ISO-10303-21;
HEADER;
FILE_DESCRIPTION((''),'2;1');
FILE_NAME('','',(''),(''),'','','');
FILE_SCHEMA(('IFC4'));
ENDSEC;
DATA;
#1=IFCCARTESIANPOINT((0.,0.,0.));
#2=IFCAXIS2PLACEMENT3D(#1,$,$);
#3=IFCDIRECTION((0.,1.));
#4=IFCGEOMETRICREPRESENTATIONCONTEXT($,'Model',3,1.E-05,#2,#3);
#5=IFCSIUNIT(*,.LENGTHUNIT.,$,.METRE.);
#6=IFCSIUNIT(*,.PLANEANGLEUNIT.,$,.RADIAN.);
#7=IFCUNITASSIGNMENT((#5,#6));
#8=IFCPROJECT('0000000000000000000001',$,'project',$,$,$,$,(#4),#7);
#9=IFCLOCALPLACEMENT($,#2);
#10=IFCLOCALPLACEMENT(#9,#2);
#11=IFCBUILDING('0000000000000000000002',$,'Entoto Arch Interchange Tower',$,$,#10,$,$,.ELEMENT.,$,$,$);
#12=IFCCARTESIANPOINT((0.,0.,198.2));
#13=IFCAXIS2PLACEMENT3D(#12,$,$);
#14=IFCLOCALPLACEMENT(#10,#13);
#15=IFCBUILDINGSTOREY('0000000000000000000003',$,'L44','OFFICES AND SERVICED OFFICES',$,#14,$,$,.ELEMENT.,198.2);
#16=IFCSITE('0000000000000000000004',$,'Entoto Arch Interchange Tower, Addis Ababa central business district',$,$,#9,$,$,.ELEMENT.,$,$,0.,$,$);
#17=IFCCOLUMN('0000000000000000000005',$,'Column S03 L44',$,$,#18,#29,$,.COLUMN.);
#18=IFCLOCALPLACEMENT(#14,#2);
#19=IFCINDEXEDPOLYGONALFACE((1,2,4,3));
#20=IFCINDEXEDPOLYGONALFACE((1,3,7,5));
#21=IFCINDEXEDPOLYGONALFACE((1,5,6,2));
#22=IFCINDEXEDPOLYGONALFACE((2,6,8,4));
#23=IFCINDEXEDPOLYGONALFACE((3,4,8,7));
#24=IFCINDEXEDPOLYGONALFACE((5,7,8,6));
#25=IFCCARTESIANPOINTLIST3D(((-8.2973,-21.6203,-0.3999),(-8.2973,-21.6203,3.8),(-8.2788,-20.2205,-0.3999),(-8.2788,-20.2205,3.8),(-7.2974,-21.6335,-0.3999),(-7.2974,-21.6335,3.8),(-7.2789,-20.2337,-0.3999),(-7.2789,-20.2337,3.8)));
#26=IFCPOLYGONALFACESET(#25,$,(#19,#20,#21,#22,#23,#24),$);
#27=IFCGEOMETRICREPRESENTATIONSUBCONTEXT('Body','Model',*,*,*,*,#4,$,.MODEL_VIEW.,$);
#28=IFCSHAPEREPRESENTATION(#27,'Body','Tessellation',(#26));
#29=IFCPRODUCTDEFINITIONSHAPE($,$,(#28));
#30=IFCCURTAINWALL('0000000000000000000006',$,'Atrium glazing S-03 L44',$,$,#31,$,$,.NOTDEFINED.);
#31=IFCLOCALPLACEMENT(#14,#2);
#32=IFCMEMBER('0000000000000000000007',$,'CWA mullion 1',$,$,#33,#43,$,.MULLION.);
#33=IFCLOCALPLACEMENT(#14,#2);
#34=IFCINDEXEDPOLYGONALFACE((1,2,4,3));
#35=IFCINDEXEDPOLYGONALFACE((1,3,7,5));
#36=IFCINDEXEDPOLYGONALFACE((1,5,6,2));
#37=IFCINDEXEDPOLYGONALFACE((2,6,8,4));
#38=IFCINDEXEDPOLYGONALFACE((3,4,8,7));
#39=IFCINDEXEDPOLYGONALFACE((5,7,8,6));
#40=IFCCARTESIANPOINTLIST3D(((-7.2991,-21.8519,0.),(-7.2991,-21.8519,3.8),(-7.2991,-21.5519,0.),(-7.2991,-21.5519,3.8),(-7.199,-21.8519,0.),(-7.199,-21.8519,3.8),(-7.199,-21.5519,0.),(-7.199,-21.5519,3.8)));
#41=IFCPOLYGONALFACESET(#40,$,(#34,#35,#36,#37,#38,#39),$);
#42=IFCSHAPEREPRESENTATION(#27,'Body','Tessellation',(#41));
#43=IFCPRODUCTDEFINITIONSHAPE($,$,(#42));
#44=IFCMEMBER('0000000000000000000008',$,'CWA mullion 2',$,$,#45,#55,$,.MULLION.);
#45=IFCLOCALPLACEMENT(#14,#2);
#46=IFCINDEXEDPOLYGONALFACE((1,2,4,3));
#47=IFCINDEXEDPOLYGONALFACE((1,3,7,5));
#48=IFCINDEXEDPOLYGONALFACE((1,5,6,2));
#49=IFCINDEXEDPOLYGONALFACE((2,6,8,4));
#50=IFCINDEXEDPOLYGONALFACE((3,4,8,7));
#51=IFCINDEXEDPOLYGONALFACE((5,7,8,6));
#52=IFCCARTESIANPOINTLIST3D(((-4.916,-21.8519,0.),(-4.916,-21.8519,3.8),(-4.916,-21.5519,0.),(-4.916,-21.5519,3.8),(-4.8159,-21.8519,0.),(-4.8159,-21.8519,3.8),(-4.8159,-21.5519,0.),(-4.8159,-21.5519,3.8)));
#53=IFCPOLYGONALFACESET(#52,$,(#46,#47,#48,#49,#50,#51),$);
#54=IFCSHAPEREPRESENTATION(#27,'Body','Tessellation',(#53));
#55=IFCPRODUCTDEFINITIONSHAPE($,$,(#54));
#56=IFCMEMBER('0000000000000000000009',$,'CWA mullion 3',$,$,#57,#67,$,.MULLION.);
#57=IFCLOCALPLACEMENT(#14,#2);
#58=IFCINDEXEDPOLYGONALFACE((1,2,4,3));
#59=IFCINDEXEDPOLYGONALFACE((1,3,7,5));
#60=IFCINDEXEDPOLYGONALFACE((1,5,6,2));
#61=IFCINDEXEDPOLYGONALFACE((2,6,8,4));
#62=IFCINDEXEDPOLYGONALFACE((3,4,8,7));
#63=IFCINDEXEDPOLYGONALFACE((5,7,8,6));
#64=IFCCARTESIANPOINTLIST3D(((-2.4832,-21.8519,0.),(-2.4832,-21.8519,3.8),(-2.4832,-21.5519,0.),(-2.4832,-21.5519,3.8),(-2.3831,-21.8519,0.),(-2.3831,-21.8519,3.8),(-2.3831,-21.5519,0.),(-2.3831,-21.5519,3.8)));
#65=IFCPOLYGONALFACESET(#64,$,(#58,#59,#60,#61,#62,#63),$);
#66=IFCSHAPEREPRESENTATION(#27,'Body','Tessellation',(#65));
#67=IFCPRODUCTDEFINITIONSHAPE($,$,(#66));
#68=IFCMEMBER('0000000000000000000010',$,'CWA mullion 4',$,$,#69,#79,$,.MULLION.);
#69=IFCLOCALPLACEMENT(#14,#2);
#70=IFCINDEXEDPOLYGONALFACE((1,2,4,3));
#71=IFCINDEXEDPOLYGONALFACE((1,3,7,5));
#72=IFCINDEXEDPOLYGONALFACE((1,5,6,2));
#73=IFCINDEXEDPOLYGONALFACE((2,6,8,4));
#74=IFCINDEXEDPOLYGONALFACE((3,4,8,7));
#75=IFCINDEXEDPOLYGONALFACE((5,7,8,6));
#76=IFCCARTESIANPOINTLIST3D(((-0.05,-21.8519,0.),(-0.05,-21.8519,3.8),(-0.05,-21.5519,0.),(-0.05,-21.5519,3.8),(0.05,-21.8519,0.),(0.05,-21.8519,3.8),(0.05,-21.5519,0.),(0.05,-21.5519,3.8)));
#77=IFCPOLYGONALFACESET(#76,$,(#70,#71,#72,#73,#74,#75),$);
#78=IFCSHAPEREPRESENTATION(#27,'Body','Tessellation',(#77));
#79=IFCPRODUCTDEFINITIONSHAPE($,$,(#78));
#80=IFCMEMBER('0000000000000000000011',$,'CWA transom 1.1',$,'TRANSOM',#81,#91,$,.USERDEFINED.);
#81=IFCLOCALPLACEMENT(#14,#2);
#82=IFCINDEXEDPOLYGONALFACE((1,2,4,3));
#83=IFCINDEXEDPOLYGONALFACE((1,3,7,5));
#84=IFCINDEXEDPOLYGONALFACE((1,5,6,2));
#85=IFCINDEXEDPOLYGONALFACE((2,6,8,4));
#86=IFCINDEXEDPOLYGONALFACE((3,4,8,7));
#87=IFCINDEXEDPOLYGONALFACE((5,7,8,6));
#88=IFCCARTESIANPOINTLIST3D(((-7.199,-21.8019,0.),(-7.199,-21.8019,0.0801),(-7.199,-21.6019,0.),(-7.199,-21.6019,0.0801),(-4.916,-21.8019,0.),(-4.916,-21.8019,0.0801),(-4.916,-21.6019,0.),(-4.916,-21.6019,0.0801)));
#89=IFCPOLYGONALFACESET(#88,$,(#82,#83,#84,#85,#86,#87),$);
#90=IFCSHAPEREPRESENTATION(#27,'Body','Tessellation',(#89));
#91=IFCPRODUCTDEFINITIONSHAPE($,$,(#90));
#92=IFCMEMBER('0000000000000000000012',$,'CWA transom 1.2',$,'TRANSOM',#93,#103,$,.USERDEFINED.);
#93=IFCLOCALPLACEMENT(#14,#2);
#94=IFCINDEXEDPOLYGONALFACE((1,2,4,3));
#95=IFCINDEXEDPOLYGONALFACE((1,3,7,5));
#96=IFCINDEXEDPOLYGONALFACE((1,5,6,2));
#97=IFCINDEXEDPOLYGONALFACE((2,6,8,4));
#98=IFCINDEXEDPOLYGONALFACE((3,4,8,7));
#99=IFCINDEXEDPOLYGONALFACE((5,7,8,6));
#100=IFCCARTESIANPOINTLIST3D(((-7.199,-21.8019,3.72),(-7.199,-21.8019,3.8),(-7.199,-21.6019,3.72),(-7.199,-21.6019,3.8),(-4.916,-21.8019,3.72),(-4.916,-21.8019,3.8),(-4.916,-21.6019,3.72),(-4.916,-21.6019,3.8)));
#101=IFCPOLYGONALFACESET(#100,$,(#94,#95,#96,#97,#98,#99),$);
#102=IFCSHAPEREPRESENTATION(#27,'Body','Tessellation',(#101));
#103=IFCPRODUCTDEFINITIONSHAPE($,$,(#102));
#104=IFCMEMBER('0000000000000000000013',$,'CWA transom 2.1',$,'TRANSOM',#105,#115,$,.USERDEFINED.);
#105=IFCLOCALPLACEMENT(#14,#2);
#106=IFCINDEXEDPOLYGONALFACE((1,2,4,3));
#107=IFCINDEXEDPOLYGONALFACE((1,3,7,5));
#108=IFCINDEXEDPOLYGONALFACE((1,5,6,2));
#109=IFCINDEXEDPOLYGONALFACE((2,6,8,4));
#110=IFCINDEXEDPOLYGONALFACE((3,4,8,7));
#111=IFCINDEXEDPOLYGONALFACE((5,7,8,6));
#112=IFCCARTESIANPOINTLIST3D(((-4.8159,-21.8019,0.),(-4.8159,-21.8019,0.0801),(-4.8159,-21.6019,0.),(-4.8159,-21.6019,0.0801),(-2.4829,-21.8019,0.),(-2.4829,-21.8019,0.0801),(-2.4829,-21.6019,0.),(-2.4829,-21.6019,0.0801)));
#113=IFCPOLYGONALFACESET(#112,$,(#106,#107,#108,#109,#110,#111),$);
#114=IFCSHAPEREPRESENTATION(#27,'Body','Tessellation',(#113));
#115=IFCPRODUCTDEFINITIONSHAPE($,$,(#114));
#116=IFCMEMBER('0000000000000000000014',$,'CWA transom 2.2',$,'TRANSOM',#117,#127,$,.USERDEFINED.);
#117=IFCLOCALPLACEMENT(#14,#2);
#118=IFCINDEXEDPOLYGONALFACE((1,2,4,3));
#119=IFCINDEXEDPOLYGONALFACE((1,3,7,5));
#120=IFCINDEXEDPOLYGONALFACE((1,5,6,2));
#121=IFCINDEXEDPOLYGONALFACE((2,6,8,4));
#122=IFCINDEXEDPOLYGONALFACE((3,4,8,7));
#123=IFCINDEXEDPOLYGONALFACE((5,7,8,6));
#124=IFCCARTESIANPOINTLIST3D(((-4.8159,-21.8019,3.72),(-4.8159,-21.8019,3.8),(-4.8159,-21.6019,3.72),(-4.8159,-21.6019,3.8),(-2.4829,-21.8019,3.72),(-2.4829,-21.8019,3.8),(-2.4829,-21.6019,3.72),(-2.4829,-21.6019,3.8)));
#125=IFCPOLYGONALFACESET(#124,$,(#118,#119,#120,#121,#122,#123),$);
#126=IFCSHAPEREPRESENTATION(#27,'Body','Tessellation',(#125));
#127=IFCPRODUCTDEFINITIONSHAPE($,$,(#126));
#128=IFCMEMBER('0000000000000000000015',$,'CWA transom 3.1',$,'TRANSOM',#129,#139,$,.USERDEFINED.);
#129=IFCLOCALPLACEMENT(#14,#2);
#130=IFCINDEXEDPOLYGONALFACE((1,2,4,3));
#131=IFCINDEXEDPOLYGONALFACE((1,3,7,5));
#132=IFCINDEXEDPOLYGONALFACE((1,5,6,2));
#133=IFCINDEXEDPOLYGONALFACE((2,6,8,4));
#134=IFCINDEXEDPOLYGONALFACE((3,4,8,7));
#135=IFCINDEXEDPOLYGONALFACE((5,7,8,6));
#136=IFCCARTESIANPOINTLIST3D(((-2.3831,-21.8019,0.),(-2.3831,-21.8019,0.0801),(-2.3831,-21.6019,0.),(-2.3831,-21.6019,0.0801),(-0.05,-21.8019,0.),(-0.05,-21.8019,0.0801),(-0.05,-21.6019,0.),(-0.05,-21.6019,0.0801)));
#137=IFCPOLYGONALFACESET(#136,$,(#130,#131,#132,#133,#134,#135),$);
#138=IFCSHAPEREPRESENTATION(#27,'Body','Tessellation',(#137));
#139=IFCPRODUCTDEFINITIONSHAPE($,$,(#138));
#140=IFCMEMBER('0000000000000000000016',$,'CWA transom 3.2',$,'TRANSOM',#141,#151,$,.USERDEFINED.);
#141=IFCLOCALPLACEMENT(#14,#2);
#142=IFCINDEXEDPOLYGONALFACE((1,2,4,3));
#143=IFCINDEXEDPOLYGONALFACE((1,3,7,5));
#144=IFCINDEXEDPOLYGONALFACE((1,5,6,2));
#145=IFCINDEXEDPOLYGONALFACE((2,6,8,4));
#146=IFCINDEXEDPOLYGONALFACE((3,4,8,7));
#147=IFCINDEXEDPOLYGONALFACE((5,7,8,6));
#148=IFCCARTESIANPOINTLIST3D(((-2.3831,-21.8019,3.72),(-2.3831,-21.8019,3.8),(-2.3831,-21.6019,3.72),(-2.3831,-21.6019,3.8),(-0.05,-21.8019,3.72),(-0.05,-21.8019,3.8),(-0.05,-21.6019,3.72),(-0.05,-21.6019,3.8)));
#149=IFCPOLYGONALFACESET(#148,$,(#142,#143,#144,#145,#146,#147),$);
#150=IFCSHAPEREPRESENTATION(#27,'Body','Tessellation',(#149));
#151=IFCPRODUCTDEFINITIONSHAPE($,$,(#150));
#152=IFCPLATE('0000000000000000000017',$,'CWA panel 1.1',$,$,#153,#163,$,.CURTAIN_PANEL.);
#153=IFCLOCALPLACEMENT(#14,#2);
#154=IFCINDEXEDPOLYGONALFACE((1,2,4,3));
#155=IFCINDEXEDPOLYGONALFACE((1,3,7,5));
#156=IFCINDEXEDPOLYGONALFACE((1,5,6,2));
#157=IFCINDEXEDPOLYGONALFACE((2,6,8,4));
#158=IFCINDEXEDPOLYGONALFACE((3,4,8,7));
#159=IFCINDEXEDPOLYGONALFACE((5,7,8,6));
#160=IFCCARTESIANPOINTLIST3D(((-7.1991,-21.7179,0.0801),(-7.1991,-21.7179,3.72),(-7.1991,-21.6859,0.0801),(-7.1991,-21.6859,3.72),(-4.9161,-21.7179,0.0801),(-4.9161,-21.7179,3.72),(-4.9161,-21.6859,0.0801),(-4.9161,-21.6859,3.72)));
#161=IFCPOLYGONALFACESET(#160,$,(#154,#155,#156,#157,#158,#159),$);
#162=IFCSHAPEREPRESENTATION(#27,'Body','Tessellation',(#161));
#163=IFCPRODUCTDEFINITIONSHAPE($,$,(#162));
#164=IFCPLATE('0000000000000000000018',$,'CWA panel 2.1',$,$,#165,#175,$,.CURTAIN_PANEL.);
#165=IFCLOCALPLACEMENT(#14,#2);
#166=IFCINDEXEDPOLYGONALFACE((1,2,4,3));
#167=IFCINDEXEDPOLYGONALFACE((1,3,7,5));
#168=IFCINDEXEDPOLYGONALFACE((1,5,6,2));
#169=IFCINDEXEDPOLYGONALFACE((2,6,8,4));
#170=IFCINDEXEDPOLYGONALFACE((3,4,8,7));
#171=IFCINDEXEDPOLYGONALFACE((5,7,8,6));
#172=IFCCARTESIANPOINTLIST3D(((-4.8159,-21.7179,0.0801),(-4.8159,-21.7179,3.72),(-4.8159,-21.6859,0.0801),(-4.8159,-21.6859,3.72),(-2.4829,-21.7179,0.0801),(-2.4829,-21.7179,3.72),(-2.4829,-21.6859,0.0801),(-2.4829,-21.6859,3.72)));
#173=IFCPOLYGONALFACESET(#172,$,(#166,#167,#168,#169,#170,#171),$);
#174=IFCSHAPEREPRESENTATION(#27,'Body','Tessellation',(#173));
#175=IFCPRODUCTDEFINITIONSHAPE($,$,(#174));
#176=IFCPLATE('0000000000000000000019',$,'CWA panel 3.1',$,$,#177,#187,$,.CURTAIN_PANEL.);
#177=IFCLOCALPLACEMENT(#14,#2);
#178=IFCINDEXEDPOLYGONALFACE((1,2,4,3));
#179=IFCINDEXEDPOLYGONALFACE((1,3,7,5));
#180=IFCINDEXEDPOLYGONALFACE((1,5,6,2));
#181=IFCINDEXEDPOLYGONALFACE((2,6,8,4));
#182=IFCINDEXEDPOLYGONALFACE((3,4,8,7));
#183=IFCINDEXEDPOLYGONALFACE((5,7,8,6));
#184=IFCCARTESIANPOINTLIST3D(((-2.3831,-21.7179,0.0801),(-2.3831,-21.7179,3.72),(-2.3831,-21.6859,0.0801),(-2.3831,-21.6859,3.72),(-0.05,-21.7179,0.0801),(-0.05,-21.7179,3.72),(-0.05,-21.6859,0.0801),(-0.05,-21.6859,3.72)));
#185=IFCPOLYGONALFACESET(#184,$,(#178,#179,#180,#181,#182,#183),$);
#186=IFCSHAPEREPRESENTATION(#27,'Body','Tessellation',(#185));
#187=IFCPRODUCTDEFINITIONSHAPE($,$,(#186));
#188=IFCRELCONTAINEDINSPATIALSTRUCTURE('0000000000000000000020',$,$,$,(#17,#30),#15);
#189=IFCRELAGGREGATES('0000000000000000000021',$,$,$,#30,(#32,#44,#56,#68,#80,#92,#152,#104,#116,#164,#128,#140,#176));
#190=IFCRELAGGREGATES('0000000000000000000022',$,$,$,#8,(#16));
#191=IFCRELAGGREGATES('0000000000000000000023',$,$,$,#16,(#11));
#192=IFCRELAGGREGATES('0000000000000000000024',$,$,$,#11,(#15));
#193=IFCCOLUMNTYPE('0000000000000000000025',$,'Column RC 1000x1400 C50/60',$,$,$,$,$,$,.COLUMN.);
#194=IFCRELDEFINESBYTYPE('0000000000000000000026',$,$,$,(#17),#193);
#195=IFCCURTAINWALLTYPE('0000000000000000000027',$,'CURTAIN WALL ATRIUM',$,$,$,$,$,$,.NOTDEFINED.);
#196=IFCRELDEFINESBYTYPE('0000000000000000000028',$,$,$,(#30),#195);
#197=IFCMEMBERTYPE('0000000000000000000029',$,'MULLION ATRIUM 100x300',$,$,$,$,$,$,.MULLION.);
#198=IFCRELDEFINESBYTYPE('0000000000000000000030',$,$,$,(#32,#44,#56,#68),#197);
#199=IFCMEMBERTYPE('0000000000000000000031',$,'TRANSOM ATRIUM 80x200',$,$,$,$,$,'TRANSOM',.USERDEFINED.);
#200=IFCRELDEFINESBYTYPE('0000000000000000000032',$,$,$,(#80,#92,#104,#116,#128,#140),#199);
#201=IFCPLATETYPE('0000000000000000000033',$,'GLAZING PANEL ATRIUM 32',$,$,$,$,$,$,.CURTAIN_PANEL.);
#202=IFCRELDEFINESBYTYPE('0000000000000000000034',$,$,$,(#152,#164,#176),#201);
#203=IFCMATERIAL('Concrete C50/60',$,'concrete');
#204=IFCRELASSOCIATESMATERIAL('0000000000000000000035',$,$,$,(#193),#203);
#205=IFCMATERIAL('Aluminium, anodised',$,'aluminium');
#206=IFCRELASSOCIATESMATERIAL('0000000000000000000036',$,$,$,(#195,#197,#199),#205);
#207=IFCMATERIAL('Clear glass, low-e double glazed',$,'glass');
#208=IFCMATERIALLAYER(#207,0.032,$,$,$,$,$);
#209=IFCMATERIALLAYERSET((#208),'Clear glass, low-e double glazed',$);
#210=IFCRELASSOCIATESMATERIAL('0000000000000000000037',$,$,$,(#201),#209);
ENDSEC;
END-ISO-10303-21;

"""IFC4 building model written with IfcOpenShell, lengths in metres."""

from ifc_helpers import new_model, si_unit, direction, frame, origin, origin_2d, place, context, subcontext, project, spatial, rectangle, extrude, material, layer, layer_set, material_profile, profile_set, type_object, element, aggregate, save


model = new_model("IFC4")

# Units and contexts
model_context = context("Model", 3, precision=1e-05, world=origin(), true_north=direction((0.0, 1.0)))
body_context = subcontext(model_context, "Body", "Model", "MODEL_VIEW")
ifc_project = project(units=[si_unit("LENGTHUNIT", "METRE"), si_unit("PLANEANGLEUNIT", "RADIAN")], contexts=[model_context])

# Site, building, storey
site_placement = place(None, origin())
site = spatial("IfcSite", under=ifc_project, at=site_placement, Name="Entoto Arch Interchange Tower, Addis Ababa central business district", CompositionType="ELEMENT", RefElevation=0.0)
building_placement = place(site_placement, origin())
building = spatial("IfcBuilding", under=site, at=building_placement, Name="Entoto Arch Interchange Tower", CompositionType="ELEMENT")
storey_placement = place(building_placement, frame((0.0, 0.0, 198.2)))
storey = spatial("IfcBuildingStorey", under=building, at=storey_placement, Name="L44", Description="OFFICES AND SERVICED OFFICES", CompositionType="ELEMENT", Elevation=198.2)

# Column
ifc_material_1 = material(Name="Concrete C50/60", Category="concrete")
ifc_material_profile_1 = material_profile(ifc_material_1, rectangle(XDim=1.0, YDim=1.3999, at=origin_2d()))
ifc_profile_set_1 = profile_set([ifc_material_profile_1], Name="Concrete C50/60")
column_type = type_object("IfcColumnType", Name="Column RC 1000x1400 C50/60", PredefinedType="COLUMN", material=ifc_profile_set_1)
column_placement = place(storey_placement, frame((-7.7881, -20.927, -0.3999), z_axis=(0.0, 0.0, 1.0), x_axis=(-0.999913, 0.013177, 0.0)))
element("IfcColumn", 1, at=column_placement, inside=storey, type_object=column_type, Name="Column S03 L44", PredefinedType="COLUMN", context=body_context, shape_type="SweptSolid", body=[
    extrude(rectangle(XDim=1.0, YDim=1.3999, at=origin_2d()), origin(), (0.0, 0.0, 1.0), 4.2),
])

# Curtain wall, members, plates
ifc_material_2 = material(Name="Aluminium, anodised", Category="aluminium")
curtain_wall_type = type_object("IfcCurtainWallType", Name="CURTAIN WALL ATRIUM", PredefinedType="NOTDEFINED", material=ifc_material_2)
curtain_wall_placement = place(storey_placement, origin())
curtain_wall = element("IfcCurtainWall", 2, at=curtain_wall_placement, inside=storey, type_object=curtain_wall_type, Name="Atrium glazing S-03 L44", PredefinedType="NOTDEFINED")
ifc_material_profile_2 = material_profile(ifc_material_2, rectangle(XDim=0.3, YDim=0.1001, at=origin_2d()))
ifc_profile_set_2 = profile_set([ifc_material_profile_2], Name="Aluminium, anodised")
member_type_1 = type_object("IfcMemberType", Name="MULLION ATRIUM 100x300", PredefinedType="MULLION", material=ifc_profile_set_2)
member_1_placement = place(storey_placement, frame((-7.249, -21.7019, 0.0), z_axis=(0.0, 0.0, 1.0), x_axis=(0.0, 1.0, 0.0)))
member_1 = element("IfcMember", 3, at=member_1_placement, type_object=member_type_1, Name="CWA mullion 1", PredefinedType="MULLION", context=body_context, shape_type="SweptSolid", body=[
    extrude(rectangle(XDim=0.3, YDim=0.1001, at=origin_2d()), origin(), (0.0, 0.0, 1.0), 3.8),
])
member_2_placement = place(storey_placement, frame((-4.866, -21.7019, 0.0), z_axis=(0.0, 0.0, 1.0), x_axis=(0.0, 1.0, 0.0)))
member_2 = element("IfcMember", 4, at=member_2_placement, type_object=member_type_1, Name="CWA mullion 2", PredefinedType="MULLION", context=body_context, shape_type="SweptSolid", body=[
    extrude(rectangle(XDim=0.3, YDim=0.1001, at=origin_2d()), origin(), (0.0, 0.0, 1.0), 3.8),
])
member_3_placement = place(storey_placement, frame((-2.4331, -21.7019, 0.0), z_axis=(0.0, 0.0, 1.0), x_axis=(0.0, 1.0, 0.0)))
member_3 = element("IfcMember", 5, at=member_3_placement, type_object=member_type_1, Name="CWA mullion 3", PredefinedType="MULLION", context=body_context, shape_type="SweptSolid", body=[
    extrude(rectangle(XDim=0.3, YDim=0.1001, at=origin_2d()), origin(), (0.0, 0.0, 1.0), 3.8),
])
member_4_placement = place(storey_placement, frame((0.0, -21.7019, 0.0), z_axis=(0.0, 0.0, 1.0), x_axis=(0.0, 1.0, 0.0)))
member_4 = element("IfcMember", 6, at=member_4_placement, type_object=member_type_1, Name="CWA mullion 4", PredefinedType="MULLION", context=body_context, shape_type="SweptSolid", body=[
    extrude(rectangle(XDim=0.3, YDim=0.1001, at=origin_2d()), origin(), (0.0, 0.0, 1.0), 3.8),
])
ifc_material_profile_3 = material_profile(ifc_material_2, rectangle(XDim=0.2, YDim=0.0801, at=origin_2d()))
ifc_profile_set_3 = profile_set([ifc_material_profile_3], Name="Aluminium, anodised")
member_type_2 = type_object("IfcMemberType", Name="TRANSOM ATRIUM 80x200", ElementType="TRANSOM", PredefinedType="USERDEFINED", material=ifc_profile_set_3)
member_5_placement = place(storey_placement, frame((-7.199, -21.7019, 0.04), z_axis=(1.0, 0.0, 0.0), x_axis=(0.0, 1.0, 0.0)))
member_5 = element("IfcMember", 7, at=member_5_placement, type_object=member_type_2, Name="CWA transom 1.1", ObjectType="TRANSOM", PredefinedType="USERDEFINED", context=body_context, shape_type="SweptSolid", body=[
    extrude(rectangle(XDim=0.2, YDim=0.0801, at=origin_2d()), origin(), (0.0, 0.0, 1.0), 2.283),
])
member_6_placement = place(storey_placement, frame((-7.199, -21.7019, 3.76), z_axis=(1.0, 0.0, 0.0), x_axis=(0.0, 1.0, 0.0)))
member_6 = element("IfcMember", 8, at=member_6_placement, type_object=member_type_2, Name="CWA transom 1.2", ObjectType="TRANSOM", PredefinedType="USERDEFINED", context=body_context, shape_type="SweptSolid", body=[
    extrude(rectangle(XDim=0.2, YDim=0.0801, at=origin_2d()), origin(), (0.0, 0.0, 1.0), 2.283),
])
member_7_placement = place(storey_placement, frame((-4.8159, -21.7019, 0.04), z_axis=(1.0, 0.0, 0.0), x_axis=(0.0, 1.0, 0.0)))
member_7 = element("IfcMember", 9, at=member_7_placement, type_object=member_type_2, Name="CWA transom 2.1", ObjectType="TRANSOM", PredefinedType="USERDEFINED", context=body_context, shape_type="SweptSolid", body=[
    extrude(rectangle(XDim=0.2, YDim=0.0801, at=origin_2d()), origin(), (0.0, 0.0, 1.0), 2.333),
])
member_8_placement = place(storey_placement, frame((-4.8159, -21.7019, 3.76), z_axis=(1.0, 0.0, 0.0), x_axis=(0.0, 1.0, 0.0)))
member_8 = element("IfcMember", 10, at=member_8_placement, type_object=member_type_2, Name="CWA transom 2.2", ObjectType="TRANSOM", PredefinedType="USERDEFINED", context=body_context, shape_type="SweptSolid", body=[
    extrude(rectangle(XDim=0.2, YDim=0.0801, at=origin_2d()), origin(), (0.0, 0.0, 1.0), 2.333),
])
member_9_placement = place(storey_placement, frame((-2.3831, -21.7019, 0.04), z_axis=(1.0, 0.0, 0.0), x_axis=(0.0, 1.0, 0.0)))
member_9 = element("IfcMember", 11, at=member_9_placement, type_object=member_type_2, Name="CWA transom 3.1", ObjectType="TRANSOM", PredefinedType="USERDEFINED", context=body_context, shape_type="SweptSolid", body=[
    extrude(rectangle(XDim=0.2, YDim=0.0801, at=origin_2d()), origin(), (0.0, 0.0, 1.0), 2.333),
])
member_10_placement = place(storey_placement, frame((-2.3831, -21.7019, 3.76), z_axis=(1.0, 0.0, 0.0), x_axis=(0.0, 1.0, 0.0)))
member_10 = element("IfcMember", 12, at=member_10_placement, type_object=member_type_2, Name="CWA transom 3.2", ObjectType="TRANSOM", PredefinedType="USERDEFINED", context=body_context, shape_type="SweptSolid", body=[
    extrude(rectangle(XDim=0.2, YDim=0.0801, at=origin_2d()), origin(), (0.0, 0.0, 1.0), 2.333),
])
ifc_material_3 = material(Name="Clear glass, low-e double glazed", Category="glass")
ifc_layer_1 = layer(ifc_material_3, 0.032)
ifc_layer_set_1 = layer_set([ifc_layer_1], Name="Clear glass, low-e double glazed")
plate_type = type_object("IfcPlateType", Name="GLAZING PANEL ATRIUM 32", PredefinedType="CURTAIN_PANEL", material=ifc_layer_set_1)
plate_1_placement = place(storey_placement, frame((-6.0576, -21.7019, 0.0801), z_axis=(0.0, 0.0, 1.0), x_axis=(1.0, 0.0, 0.0)))
plate_1 = element("IfcPlate", 13, at=plate_1_placement, type_object=plate_type, Name="CWA panel 1.1", PredefinedType="CURTAIN_PANEL", context=body_context, shape_type="SweptSolid", body=[
    extrude(rectangle(XDim=2.283, YDim=0.032, at=origin_2d()), origin(), (0.0, 0.0, 1.0), 3.6399),
])
plate_2_placement = place(storey_placement, frame((-3.6494, -21.7019, 0.0801), z_axis=(0.0, 0.0, 1.0), x_axis=(1.0, 0.0, 0.0)))
plate_2 = element("IfcPlate", 14, at=plate_2_placement, type_object=plate_type, Name="CWA panel 2.1", PredefinedType="CURTAIN_PANEL", context=body_context, shape_type="SweptSolid", body=[
    extrude(rectangle(XDim=2.333, YDim=0.032, at=origin_2d()), origin(), (0.0, 0.0, 1.0), 3.6399),
])
plate_3_placement = place(storey_placement, frame((-1.2166, -21.7019, 0.0801), z_axis=(0.0, 0.0, 1.0), x_axis=(1.0, 0.0, 0.0)))
plate_3 = element("IfcPlate", 15, at=plate_3_placement, type_object=plate_type, Name="CWA panel 3.1", PredefinedType="CURTAIN_PANEL", context=body_context, shape_type="SweptSolid", body=[
    extrude(rectangle(XDim=2.333, YDim=0.032, at=origin_2d()), origin(), (0.0, 0.0, 1.0), 3.6399),
])
aggregate(curtain_wall, [member_1, member_2, member_3, member_4, member_5, member_6, plate_1, member_7, member_8, plate_2, member_9, member_10, plate_3])

save(model, "model.ifc")
